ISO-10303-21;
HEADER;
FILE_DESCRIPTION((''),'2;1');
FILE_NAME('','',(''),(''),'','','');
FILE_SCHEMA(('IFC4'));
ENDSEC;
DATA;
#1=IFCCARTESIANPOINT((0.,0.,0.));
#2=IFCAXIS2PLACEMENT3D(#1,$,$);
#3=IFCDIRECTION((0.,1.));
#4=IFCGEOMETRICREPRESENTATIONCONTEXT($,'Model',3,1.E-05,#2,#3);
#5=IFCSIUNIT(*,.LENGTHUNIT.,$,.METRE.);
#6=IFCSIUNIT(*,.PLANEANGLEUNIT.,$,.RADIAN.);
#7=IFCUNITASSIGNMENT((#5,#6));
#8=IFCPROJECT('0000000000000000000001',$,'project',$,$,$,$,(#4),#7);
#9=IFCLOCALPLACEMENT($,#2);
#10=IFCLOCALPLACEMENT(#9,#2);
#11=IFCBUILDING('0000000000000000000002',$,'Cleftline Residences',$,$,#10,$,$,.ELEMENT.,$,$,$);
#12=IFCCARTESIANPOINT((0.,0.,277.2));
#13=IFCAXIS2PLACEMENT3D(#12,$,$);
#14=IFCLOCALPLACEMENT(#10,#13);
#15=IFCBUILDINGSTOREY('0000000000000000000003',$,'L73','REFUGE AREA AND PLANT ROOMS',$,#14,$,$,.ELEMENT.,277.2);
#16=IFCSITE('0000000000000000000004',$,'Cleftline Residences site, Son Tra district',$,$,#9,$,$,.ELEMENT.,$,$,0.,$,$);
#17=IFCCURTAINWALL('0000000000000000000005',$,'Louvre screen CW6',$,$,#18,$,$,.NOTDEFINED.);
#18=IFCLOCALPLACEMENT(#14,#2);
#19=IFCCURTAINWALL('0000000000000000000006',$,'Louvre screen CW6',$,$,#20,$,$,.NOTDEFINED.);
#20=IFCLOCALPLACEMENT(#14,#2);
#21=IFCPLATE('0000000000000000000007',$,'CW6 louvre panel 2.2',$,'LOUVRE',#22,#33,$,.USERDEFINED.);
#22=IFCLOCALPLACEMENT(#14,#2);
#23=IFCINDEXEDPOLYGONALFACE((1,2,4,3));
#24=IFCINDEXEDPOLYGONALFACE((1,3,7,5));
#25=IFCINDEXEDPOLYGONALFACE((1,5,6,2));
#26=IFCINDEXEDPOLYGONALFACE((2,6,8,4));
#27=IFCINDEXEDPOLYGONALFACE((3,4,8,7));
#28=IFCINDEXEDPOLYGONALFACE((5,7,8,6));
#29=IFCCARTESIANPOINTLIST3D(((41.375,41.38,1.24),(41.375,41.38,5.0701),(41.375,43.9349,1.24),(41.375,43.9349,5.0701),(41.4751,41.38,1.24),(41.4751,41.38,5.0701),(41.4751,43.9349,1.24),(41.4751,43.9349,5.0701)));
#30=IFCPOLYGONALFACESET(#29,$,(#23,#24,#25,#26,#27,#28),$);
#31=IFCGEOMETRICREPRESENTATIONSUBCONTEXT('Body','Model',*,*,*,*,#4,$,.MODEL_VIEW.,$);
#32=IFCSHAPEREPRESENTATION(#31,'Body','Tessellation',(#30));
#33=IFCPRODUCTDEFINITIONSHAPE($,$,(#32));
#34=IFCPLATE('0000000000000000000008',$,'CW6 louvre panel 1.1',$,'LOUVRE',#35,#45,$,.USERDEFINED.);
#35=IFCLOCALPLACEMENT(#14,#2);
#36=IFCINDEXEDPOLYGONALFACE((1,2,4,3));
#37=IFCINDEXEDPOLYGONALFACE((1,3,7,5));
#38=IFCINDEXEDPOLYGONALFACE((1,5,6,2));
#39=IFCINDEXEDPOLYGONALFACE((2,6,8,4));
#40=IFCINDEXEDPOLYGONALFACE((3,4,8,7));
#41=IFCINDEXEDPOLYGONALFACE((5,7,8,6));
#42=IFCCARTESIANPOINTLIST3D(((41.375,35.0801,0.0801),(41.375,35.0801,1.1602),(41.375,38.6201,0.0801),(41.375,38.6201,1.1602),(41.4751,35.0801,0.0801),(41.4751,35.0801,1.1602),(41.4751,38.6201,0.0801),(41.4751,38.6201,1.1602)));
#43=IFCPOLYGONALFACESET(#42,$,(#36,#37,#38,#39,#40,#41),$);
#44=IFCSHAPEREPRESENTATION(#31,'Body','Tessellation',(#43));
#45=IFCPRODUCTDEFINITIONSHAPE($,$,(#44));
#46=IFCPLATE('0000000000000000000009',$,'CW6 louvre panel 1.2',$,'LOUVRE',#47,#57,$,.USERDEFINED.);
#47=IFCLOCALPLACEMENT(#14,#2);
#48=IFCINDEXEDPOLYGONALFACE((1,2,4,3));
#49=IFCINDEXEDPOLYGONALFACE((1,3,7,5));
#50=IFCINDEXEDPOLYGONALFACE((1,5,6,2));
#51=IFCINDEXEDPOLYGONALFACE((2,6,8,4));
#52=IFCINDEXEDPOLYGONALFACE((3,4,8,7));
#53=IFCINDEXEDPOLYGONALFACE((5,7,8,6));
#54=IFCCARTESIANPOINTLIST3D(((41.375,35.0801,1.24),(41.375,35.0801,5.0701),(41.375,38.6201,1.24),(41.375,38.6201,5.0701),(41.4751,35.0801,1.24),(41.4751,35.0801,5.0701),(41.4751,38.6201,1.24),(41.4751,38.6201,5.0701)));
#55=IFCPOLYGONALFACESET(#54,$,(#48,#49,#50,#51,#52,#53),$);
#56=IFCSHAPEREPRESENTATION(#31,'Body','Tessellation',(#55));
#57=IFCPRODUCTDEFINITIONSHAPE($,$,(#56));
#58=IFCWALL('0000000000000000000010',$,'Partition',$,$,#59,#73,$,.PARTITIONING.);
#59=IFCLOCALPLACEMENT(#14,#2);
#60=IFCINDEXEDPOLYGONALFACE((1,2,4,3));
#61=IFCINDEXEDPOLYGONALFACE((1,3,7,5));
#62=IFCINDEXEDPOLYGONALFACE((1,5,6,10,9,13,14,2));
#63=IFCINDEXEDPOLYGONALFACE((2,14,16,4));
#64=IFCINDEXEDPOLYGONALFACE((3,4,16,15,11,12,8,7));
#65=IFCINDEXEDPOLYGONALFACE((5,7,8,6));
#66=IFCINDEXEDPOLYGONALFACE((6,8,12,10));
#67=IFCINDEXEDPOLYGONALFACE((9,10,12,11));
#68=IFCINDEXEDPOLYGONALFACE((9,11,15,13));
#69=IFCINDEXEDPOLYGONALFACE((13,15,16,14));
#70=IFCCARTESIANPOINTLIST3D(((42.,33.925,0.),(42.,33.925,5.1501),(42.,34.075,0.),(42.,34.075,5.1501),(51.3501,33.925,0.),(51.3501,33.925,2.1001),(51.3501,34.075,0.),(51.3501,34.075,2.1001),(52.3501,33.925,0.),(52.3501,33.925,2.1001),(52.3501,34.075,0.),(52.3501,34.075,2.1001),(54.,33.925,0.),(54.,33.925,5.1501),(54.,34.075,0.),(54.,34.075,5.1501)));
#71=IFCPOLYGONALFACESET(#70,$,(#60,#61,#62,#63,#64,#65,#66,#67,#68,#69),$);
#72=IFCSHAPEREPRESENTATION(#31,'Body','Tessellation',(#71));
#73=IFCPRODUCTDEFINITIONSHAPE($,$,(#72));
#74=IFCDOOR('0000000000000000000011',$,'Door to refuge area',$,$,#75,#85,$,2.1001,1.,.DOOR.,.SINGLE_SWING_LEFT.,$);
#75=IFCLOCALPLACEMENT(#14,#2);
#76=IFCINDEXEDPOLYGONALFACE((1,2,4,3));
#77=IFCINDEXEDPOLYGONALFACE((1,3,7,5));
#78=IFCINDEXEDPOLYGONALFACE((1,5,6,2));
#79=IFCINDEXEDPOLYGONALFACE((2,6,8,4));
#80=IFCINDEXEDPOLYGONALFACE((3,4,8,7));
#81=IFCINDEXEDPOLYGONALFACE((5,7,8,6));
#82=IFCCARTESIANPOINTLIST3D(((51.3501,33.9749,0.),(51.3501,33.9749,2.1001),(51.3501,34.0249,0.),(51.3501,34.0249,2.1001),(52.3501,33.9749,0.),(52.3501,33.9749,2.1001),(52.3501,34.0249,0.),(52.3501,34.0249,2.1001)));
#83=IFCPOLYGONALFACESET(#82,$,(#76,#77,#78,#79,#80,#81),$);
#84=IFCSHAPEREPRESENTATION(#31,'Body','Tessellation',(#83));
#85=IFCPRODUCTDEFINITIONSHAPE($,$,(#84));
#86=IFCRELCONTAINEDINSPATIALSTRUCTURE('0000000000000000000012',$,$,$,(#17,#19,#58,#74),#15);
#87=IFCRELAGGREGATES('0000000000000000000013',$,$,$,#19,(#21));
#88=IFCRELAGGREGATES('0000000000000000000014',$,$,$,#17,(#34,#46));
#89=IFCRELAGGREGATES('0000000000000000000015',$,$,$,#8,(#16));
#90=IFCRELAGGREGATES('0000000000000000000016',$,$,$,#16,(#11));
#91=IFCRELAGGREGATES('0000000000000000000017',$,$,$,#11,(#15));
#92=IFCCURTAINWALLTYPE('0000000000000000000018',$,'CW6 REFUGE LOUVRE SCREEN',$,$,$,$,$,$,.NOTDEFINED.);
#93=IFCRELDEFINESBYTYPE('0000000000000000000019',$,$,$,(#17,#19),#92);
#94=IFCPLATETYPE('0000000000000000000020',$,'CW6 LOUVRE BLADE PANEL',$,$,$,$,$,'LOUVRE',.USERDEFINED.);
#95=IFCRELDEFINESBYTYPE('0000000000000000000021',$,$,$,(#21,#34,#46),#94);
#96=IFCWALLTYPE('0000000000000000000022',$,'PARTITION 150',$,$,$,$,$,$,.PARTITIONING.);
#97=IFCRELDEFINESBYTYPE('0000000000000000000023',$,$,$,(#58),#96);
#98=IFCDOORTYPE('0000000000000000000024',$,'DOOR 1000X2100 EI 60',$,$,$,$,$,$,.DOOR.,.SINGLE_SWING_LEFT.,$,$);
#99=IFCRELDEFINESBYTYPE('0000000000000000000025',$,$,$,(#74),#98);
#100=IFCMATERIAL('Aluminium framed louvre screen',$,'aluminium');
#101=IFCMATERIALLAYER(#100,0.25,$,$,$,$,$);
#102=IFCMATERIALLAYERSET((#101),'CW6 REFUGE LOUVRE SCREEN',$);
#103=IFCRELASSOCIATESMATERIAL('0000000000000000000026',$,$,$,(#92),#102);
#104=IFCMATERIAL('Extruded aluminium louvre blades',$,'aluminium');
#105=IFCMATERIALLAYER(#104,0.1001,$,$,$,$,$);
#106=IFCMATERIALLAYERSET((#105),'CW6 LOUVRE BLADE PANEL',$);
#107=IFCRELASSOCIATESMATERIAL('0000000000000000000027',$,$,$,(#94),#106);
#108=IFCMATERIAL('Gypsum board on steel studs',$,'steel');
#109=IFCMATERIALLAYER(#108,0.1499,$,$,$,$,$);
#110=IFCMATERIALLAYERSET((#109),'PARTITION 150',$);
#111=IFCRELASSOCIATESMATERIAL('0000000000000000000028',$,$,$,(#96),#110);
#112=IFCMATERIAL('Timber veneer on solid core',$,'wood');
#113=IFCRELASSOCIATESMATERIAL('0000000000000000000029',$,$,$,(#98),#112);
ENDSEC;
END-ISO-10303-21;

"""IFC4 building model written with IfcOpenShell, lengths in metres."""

from ifc_helpers import new_model, si_unit, direction, frame, frame_2d, origin, origin_2d, place, context, subcontext, project, spatial, rectangle, extrude, material, layer, layer_set, type_object, element, fill, aggregate, save


model = new_model("IFC4")

# Units and contexts
model_context = context("Model", 3, precision=1e-05, world=origin(), true_north=direction((0.0, 1.0)))
body_context = subcontext(model_context, "Body", "Model", "MODEL_VIEW")
ifc_project = project(units=[si_unit("LENGTHUNIT", "METRE"), si_unit("PLANEANGLEUNIT", "RADIAN")], contexts=[model_context])

# Site, building, storey
site_placement = place(None, origin())
site = spatial("IfcSite", under=ifc_project, at=site_placement, Name="Cleftline Residences site, Son Tra district", CompositionType="ELEMENT", RefElevation=0.0)
building_placement = place(site_placement, origin())
building = spatial("IfcBuilding", under=site, at=building_placement, Name="Cleftline Residences", CompositionType="ELEMENT")
storey_placement = place(building_placement, frame((0.0, 0.0, 277.2)))
storey = spatial("IfcBuildingStorey", under=building, at=storey_placement, Name="L73", Description="REFUGE AREA AND PLANT ROOMS", CompositionType="ELEMENT", Elevation=277.2)

# Curtain walls
ifc_material_1 = material(Name="Aluminium framed louvre screen", Category="aluminium")
ifc_layer_1 = layer(ifc_material_1, 0.25)
ifc_layer_set_1 = layer_set([ifc_layer_1], Name="CW6 REFUGE LOUVRE SCREEN")
curtain_wall_type = type_object("IfcCurtainWallType", Name="CW6 REFUGE LOUVRE SCREEN", PredefinedType="NOTDEFINED", material=ifc_layer_set_1)
curtain_wall_1_placement = place(storey_placement, origin())
curtain_wall_1 = element("IfcCurtainWall", 1, at=curtain_wall_1_placement, inside=storey, type_object=curtain_wall_type, Name="Louvre screen CW6", PredefinedType="NOTDEFINED")
curtain_wall_2_placement = place(storey_placement, origin())
curtain_wall_2 = element("IfcCurtainWall", 2, at=curtain_wall_2_placement, inside=storey, type_object=curtain_wall_type, Name="Louvre screen CW6", PredefinedType="NOTDEFINED")

# Plates
ifc_material_2 = material(Name="Extruded aluminium louvre blades", Category="aluminium")
ifc_layer_2 = layer(ifc_material_2, 0.1001)
ifc_layer_set_2 = layer_set([ifc_layer_2], Name="CW6 LOUVRE BLADE PANEL")
plate_type = type_object("IfcPlateType", Name="CW6 LOUVRE BLADE PANEL", ElementType="LOUVRE", PredefinedType="USERDEFINED", material=ifc_layer_set_2)
plate_1_placement = place(storey_placement, frame((41.425, 42.6575, 1.24), z_axis=(0.0, 0.0, 1.0), x_axis=(0.0, -1.0, 0.0)))
plate_1 = element("IfcPlate", 3, at=plate_1_placement, type_object=plate_type, Name="CW6 louvre panel 2.2", ObjectType="LOUVRE", PredefinedType="USERDEFINED", context=body_context, shape_type="SweptSolid", body=[
    extrude(rectangle(XDim=2.5549, YDim=0.1001, at=origin_2d()), origin(), (0.0, 0.0, 1.0), 3.8301),
])
aggregate(curtain_wall_2, [plate_1])
plate_2_placement = place(storey_placement, frame((41.425, 36.8501, 0.0801), z_axis=(0.0, 0.0, 1.0), x_axis=(0.0, -1.0, 0.0)))
plate_2 = element("IfcPlate", 4, at=plate_2_placement, type_object=plate_type, Name="CW6 louvre panel 1.1", ObjectType="LOUVRE", PredefinedType="USERDEFINED", context=body_context, shape_type="SweptSolid", body=[
    extrude(rectangle(XDim=3.54, YDim=0.1001, at=origin_2d()), origin(), (0.0, 0.0, 1.0), 1.0801),
])
plate_3_placement = place(storey_placement, frame((41.425, 36.8501, 1.24), z_axis=(0.0, 0.0, 1.0), x_axis=(0.0, -1.0, 0.0)))
plate_3 = element("IfcPlate", 5, at=plate_3_placement, type_object=plate_type, Name="CW6 louvre panel 1.2", ObjectType="LOUVRE", PredefinedType="USERDEFINED", context=body_context, shape_type="SweptSolid", body=[
    extrude(rectangle(XDim=3.54, YDim=0.1001, at=origin_2d()), origin(), (0.0, 0.0, 1.0), 3.8301),
])
aggregate(curtain_wall_1, [plate_2, plate_3])

# Wall, opening, door
ifc_material_3 = material(Name="Gypsum board on steel studs", Category="steel")
ifc_layer_3 = layer(ifc_material_3, 0.1499)
ifc_layer_set_3 = layer_set([ifc_layer_3], Name="PARTITION 150")
wall_type = type_object("IfcWallType", Name="PARTITION 150", PredefinedType="PARTITIONING", material=ifc_layer_set_3)
wall_placement = place(storey_placement, frame((42.0, 34.0, 0.0), z_axis=(0.0, 0.0, 1.0), x_axis=(1.0, 0.0, 0.0)))
wall = element("IfcWall", 6, at=wall_placement, inside=storey, type_object=wall_type, Name="Partition", PredefinedType="PARTITIONING", context=body_context, shape_type="SweptSolid", body=[
    extrude(rectangle(XDim=12.0, YDim=0.1499, at=frame_2d((6.0, 0.0))), origin(), (0.0, 0.0, 1.0), 5.1501),
])
opening_placement = place(wall_placement, frame((9.3501, 0.0, 0.0)))
opening = element("IfcOpeningElement", 7, at=opening_placement, cuts=wall, PredefinedType="OPENING", context=body_context, shape_type="SweptSolid", body=[
    extrude(rectangle(XDim=1.0, YDim=2.1001, at=frame_2d((0.5, 1.05))), frame((0.0, 0.085, 0.0), z_axis=(0.0, -1.0, 0.0), x_axis=(1.0, 0.0, 0.0)), (0.0, 0.0, 1.0), 0.1699),
])
ifc_material_4 = material(Name="Timber veneer on solid core", Category="wood")
door_type = type_object("IfcDoorType", Name="DOOR 1000X2100 EI 60", OperationType="SINGLE_SWING_LEFT", PredefinedType="DOOR", material=ifc_material_4)
door_placement = place(opening_placement, origin())
door = element("IfcDoor", 8, at=door_placement, inside=storey, type_object=door_type, Name="Door to refuge area", OperationType="SINGLE_SWING_LEFT", OverallHeight=2.1001, OverallWidth=1.0, PredefinedType="DOOR", context=body_context, shape_type="SweptSolid", body=[
    extrude(rectangle(XDim=1.0, YDim=2.1001, at=frame_2d((0.5, 1.05))), frame((0.0, 0.0249, 0.0), z_axis=(0.0, -1.0, 0.0), x_axis=(1.0, 0.0, 0.0)), (0.0, 0.0, 1.0), 0.05),
])
fill(opening, door)

save(model, "model.ifc")
